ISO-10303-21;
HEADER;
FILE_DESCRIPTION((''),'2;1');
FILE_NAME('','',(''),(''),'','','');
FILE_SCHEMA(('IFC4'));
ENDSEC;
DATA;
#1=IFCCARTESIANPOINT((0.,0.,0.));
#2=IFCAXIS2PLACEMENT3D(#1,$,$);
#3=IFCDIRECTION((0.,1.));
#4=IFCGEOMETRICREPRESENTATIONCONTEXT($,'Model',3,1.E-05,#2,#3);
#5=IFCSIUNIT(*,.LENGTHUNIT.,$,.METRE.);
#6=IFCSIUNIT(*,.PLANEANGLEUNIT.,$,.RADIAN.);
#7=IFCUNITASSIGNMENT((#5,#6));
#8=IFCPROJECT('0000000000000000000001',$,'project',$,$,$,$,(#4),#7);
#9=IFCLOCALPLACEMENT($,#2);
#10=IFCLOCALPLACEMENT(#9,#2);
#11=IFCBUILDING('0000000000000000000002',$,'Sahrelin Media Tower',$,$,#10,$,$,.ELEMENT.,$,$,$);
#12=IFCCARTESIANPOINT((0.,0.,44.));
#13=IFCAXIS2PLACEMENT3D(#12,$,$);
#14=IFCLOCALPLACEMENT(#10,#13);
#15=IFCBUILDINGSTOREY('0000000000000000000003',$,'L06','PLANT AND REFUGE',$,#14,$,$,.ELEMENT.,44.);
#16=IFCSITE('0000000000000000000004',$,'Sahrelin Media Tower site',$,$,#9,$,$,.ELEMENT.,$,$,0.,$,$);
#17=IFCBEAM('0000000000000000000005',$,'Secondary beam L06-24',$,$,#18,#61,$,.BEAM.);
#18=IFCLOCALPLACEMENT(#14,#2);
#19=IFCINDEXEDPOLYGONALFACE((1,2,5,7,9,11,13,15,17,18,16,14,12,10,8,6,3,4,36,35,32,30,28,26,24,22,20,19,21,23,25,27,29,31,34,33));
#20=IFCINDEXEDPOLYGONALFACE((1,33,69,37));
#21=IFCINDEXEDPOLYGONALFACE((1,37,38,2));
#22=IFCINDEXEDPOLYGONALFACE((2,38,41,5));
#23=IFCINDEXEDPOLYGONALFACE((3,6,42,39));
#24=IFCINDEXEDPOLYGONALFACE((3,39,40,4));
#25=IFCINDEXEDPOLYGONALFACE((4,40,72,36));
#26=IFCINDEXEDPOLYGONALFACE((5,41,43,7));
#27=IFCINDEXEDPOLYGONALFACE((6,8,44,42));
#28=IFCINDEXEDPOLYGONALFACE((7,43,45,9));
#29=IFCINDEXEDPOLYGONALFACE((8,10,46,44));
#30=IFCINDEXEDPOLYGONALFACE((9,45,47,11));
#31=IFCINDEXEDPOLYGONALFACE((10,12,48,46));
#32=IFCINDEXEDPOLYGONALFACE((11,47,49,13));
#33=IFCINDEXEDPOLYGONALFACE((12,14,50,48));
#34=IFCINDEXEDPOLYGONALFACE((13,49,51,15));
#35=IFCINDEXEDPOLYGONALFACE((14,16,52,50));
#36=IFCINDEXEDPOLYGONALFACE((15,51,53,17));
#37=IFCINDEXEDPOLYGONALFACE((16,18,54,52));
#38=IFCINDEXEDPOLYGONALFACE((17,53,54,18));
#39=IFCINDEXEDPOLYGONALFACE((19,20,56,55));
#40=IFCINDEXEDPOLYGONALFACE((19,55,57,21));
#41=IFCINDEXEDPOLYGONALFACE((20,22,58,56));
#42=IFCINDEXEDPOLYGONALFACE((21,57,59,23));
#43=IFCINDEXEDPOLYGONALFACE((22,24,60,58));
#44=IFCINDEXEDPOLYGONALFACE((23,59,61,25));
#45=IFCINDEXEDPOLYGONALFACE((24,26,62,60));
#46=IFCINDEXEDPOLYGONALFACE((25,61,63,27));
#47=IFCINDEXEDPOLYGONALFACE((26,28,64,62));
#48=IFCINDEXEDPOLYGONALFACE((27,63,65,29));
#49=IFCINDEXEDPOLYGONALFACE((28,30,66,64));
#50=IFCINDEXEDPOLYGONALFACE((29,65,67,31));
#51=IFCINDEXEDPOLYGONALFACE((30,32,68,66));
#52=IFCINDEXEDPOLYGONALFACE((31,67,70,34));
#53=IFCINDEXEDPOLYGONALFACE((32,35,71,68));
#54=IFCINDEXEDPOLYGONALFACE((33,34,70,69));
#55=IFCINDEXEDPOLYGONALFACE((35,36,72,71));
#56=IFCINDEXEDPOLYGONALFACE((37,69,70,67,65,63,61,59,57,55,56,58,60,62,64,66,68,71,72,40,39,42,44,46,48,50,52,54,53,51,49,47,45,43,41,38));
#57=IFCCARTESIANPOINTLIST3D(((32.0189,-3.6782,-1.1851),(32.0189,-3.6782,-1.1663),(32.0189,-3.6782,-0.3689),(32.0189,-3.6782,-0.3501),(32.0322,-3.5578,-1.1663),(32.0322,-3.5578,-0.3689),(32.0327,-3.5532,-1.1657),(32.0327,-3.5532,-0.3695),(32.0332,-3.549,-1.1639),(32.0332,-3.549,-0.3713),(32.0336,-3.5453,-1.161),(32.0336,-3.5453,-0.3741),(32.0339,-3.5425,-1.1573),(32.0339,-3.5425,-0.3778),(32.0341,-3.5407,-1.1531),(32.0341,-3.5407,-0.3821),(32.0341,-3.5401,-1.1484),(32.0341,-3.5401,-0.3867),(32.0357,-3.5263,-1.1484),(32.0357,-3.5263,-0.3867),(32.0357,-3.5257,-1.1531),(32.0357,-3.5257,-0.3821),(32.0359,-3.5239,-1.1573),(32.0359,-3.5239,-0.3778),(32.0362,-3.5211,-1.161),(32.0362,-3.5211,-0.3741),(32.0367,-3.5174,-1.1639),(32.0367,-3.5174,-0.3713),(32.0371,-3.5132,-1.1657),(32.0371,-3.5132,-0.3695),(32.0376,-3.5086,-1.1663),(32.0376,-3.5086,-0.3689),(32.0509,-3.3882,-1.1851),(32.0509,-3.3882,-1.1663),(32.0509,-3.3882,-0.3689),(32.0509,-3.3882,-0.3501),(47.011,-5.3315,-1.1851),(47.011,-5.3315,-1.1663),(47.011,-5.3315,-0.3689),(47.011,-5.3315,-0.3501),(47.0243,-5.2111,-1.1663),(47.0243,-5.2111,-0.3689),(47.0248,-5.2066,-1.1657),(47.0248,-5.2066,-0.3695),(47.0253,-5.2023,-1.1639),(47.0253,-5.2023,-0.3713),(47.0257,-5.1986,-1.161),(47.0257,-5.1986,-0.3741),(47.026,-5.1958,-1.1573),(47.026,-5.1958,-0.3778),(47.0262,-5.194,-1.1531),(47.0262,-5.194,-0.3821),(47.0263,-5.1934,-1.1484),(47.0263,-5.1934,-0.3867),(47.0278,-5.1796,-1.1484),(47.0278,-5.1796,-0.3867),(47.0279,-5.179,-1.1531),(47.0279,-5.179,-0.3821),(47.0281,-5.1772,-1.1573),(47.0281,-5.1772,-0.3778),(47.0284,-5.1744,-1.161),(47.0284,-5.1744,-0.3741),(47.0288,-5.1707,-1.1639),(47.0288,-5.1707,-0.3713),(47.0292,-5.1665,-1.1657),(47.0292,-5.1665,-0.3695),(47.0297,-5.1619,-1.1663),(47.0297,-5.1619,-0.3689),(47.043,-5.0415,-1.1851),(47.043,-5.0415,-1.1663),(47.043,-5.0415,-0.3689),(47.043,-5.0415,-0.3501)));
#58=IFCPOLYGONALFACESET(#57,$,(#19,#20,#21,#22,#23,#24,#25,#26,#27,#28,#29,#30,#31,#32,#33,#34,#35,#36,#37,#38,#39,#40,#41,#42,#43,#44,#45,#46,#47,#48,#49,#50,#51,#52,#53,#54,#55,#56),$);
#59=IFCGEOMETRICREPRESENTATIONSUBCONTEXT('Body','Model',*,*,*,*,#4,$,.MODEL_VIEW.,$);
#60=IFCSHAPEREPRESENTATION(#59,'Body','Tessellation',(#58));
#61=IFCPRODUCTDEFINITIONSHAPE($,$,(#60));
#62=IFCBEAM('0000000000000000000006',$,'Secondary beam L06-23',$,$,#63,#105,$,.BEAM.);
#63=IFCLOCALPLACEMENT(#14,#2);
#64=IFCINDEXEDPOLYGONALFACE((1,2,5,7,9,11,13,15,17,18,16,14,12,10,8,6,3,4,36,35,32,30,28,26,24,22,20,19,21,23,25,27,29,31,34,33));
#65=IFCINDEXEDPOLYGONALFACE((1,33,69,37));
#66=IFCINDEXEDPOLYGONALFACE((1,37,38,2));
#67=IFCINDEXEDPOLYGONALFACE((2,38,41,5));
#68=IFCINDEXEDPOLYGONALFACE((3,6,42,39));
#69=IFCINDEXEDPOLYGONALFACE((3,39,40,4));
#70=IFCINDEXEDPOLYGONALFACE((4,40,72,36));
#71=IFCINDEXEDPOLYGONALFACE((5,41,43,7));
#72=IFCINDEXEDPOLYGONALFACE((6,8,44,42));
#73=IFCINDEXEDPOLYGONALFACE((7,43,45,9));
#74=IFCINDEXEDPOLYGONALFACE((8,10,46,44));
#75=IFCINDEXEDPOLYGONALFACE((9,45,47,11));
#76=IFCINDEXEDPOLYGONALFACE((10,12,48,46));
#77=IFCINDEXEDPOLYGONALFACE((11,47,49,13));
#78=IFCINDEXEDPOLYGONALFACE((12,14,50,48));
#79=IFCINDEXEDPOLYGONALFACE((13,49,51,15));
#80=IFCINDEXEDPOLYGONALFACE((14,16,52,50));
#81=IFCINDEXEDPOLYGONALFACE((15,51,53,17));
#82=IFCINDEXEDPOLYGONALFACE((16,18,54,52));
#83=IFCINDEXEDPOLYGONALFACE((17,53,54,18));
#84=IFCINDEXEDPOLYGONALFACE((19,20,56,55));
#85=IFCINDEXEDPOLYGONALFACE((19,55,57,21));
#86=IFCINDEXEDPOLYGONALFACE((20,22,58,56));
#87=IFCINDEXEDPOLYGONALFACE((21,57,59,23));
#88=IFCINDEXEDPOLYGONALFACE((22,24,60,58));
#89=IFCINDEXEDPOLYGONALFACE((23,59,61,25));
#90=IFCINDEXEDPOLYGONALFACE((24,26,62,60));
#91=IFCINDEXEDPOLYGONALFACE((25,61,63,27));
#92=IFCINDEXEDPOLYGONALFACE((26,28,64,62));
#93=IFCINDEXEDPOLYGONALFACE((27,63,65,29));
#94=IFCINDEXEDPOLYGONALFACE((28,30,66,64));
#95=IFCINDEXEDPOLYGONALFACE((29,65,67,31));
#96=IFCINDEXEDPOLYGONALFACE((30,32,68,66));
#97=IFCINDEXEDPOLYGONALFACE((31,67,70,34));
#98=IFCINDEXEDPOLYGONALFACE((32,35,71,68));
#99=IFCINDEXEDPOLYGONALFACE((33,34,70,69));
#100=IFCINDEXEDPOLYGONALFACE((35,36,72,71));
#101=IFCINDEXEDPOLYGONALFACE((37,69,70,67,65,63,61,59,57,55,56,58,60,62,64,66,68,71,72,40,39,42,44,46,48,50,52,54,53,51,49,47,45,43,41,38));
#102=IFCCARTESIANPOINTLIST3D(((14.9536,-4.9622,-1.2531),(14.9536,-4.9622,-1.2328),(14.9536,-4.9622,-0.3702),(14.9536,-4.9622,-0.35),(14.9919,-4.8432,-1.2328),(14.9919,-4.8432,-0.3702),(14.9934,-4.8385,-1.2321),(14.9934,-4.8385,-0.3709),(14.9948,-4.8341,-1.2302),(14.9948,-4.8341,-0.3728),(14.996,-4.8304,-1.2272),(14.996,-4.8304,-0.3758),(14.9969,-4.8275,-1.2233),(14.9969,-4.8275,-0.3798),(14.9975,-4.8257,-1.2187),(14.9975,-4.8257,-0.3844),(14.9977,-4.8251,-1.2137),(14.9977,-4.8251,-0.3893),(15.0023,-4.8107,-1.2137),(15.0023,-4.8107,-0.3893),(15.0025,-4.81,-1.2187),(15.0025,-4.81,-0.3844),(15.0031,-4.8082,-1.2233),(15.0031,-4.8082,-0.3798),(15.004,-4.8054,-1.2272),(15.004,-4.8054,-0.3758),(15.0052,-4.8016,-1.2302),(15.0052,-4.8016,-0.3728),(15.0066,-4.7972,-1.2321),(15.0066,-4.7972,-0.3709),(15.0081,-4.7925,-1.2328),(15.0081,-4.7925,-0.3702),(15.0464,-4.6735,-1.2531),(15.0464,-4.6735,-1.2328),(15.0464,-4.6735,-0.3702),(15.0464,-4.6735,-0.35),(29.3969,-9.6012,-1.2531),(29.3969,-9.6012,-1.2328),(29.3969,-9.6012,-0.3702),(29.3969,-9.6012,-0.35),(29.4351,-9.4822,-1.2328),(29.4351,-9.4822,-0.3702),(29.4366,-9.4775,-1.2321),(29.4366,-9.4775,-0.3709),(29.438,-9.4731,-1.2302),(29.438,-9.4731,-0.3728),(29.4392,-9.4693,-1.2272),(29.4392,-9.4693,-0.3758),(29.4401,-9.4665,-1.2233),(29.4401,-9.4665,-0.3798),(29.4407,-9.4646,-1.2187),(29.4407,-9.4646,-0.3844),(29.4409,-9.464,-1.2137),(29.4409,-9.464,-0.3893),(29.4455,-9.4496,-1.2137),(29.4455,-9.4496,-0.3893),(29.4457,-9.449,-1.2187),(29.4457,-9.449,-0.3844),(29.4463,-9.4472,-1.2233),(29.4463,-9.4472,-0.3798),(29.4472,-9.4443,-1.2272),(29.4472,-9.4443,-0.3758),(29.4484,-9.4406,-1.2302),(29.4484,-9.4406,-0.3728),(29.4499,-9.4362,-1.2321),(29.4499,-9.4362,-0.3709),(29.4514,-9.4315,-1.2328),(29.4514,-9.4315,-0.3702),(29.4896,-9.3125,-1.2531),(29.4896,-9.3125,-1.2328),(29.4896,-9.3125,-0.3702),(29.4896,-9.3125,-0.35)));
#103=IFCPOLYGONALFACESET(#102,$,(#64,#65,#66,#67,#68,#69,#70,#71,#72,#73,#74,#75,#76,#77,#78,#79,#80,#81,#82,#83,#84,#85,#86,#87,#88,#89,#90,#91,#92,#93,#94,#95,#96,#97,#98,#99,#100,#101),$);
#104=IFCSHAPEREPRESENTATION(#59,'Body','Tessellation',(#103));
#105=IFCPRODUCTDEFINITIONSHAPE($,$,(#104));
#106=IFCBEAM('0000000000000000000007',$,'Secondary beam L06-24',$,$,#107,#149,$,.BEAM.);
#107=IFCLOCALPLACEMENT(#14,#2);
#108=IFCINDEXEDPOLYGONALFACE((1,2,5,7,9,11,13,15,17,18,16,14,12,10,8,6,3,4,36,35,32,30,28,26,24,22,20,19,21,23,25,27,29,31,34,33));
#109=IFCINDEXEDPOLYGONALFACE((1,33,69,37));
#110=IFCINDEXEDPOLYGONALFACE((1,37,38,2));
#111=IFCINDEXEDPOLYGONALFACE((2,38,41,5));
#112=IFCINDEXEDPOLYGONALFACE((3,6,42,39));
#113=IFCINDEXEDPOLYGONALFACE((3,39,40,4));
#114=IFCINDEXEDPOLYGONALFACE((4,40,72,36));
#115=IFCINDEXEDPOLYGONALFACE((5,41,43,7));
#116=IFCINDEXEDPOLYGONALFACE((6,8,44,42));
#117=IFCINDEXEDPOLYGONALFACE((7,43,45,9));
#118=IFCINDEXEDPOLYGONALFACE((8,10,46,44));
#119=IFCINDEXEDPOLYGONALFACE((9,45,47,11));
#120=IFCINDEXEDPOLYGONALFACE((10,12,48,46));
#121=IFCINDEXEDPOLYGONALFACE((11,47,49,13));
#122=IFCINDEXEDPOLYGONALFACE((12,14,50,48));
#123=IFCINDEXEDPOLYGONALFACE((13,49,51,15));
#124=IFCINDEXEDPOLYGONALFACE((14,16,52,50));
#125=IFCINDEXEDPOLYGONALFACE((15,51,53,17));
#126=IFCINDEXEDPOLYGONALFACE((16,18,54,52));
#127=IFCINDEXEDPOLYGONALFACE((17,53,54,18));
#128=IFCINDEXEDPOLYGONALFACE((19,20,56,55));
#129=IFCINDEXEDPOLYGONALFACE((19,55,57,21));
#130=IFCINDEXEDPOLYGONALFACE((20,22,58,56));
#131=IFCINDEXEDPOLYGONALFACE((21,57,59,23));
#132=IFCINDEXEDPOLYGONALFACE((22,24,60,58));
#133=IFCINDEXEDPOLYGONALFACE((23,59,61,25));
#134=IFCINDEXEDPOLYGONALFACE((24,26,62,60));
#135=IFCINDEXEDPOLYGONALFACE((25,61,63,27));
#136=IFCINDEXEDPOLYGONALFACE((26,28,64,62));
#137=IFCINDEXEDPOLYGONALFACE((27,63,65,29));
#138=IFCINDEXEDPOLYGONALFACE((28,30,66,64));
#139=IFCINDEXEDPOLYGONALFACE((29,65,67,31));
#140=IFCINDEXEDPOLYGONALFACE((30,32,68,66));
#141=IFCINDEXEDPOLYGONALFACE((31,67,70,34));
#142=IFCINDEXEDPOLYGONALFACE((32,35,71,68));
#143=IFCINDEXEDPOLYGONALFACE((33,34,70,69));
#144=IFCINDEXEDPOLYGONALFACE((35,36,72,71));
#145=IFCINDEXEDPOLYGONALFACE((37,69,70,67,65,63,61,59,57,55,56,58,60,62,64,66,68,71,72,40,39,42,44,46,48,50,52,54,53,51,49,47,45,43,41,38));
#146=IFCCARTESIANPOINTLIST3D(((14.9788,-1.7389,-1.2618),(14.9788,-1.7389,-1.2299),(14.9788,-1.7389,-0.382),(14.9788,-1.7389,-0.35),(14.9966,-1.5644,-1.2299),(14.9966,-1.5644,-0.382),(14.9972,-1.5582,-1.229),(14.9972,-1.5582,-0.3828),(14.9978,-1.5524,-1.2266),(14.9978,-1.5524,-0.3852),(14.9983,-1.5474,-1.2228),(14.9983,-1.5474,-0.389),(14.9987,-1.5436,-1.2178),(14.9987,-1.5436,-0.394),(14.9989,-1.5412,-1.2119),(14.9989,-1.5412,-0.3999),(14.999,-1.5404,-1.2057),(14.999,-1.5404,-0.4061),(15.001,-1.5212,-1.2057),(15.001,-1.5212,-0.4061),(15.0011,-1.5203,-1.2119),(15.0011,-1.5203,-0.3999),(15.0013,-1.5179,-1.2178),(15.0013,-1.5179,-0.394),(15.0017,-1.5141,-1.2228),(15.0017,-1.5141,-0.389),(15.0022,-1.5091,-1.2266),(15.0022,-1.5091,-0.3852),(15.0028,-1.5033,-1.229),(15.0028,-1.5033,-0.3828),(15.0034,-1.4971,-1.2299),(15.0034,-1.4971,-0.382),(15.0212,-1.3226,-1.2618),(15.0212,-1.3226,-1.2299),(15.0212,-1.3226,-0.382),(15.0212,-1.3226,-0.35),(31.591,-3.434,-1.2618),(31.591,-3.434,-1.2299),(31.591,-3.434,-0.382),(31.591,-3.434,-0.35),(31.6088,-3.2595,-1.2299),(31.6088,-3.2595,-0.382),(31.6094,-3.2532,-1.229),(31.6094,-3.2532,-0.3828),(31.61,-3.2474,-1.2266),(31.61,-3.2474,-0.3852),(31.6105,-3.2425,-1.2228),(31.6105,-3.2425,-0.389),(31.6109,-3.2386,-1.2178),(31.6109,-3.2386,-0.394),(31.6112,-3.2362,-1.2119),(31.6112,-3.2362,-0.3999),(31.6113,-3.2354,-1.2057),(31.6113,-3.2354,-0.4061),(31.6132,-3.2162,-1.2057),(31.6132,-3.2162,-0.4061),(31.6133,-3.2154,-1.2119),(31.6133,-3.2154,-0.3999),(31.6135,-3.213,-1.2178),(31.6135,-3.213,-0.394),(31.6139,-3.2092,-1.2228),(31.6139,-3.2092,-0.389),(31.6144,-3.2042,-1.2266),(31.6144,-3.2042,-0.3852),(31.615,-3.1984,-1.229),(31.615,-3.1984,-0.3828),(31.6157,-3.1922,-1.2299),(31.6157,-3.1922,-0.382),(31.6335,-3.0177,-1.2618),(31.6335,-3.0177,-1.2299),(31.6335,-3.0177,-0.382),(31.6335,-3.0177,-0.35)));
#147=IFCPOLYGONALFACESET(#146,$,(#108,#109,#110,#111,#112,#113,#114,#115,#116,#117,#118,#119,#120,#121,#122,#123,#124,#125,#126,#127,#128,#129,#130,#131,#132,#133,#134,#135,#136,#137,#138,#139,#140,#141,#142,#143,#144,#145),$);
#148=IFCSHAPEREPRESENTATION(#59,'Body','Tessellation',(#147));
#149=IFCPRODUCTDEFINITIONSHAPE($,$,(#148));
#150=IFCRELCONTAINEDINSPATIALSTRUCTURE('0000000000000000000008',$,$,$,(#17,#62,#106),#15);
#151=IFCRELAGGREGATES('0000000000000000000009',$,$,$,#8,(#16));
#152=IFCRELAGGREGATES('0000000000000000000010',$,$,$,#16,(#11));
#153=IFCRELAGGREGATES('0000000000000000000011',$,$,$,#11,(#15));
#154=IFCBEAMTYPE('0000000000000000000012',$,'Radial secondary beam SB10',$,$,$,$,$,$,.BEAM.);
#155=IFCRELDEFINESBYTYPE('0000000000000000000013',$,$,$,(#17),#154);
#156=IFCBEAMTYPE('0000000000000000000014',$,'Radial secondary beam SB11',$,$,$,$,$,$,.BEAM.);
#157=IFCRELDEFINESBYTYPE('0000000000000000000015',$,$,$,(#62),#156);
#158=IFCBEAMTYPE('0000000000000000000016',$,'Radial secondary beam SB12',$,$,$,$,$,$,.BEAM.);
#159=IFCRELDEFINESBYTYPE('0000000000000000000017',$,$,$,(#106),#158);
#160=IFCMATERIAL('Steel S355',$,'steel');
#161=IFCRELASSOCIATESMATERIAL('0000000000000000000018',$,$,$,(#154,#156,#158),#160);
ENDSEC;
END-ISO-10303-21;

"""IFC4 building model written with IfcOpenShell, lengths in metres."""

from ifc_helpers import new_model, si_unit, direction, frame, origin, origin_2d, place, context, subcontext, project, spatial, i_section, extrude, material, material_profile, profile_set, type_object, element, save


model = new_model("IFC4")

# Units and contexts
model_context = context("Model", 3, precision=1e-05, world=origin(), true_north=direction((0.0, 1.0)))
body_context = subcontext(model_context, "Body", "Model", "MODEL_VIEW")
ifc_project = project(units=[si_unit("LENGTHUNIT", "METRE"), si_unit("PLANEANGLEUNIT", "RADIAN")], contexts=[model_context])

# Site, building, storey
site_placement = place(None, origin())
site = spatial("IfcSite", under=ifc_project, at=site_placement, Name="Sahrelin Media Tower site", CompositionType="ELEMENT", RefElevation=0.0)
building_placement = place(site_placement, origin())
building = spatial("IfcBuilding", under=site, at=building_placement, Name="Sahrelin Media Tower", CompositionType="ELEMENT")
storey_placement = place(building_placement, frame((0.0, 0.0, 44.0)))
storey = spatial("IfcBuildingStorey", under=building, at=storey_placement, Name="L06", Description="PLANT AND REFUGE", CompositionType="ELEMENT", Elevation=44.0)

# Beams
ifc_material_1 = material(Name="Steel S355", Category="steel")
ifc_material_profile_1 = material_profile(ifc_material_1, i_section(OverallWidth=0.2917, OverallDepth=0.835, WebThickness=0.0139, FlangeThickness=0.0188, FilletRadius=0.0178, at=origin_2d()), Name="UB 838x292x176")
ifc_profile_set_1 = profile_set([ifc_material_profile_1], Name="Steel S355")
beam_type_1 = type_object("IfcBeamType", Name="Radial secondary beam SB10", PredefinedType="BEAM", material=ifc_profile_set_1)
beam_1_placement = place(storey_placement, frame((32.0349, -3.5332, -0.7676), z_axis=(0.993974, -0.109614, 0.0), x_axis=(0.109614, 0.993974, 0.0)))
element("IfcBeam", 1, at=beam_1_placement, inside=storey, type_object=beam_type_1, Name="Secondary beam L06-24", PredefinedType="BEAM", context=body_context, shape_type="SweptSolid", body=[
    extrude(i_section(OverallWidth=0.2917, OverallDepth=0.835, WebThickness=0.0139, FlangeThickness=0.0188, FilletRadius=0.0178, at=origin_2d()), origin(), (0.0, 0.0, 1.0), 15.083),
])
ifc_material_profile_2 = material_profile(ifc_material_1, i_section(OverallWidth=0.3032, OverallDepth=0.9031, WebThickness=0.0151, FlangeThickness=0.0203, FilletRadius=0.019, at=origin_2d()), Name="UB 914x305x201")
ifc_profile_set_2 = profile_set([ifc_material_profile_2], Name="Steel S355")
beam_type_2 = type_object("IfcBeamType", Name="Radial secondary beam SB11", PredefinedType="BEAM", material=ifc_profile_set_2)
beam_2_placement = place(storey_placement, frame((15.0, -4.8179, -0.8015), z_axis=(0.952096, -0.305799, 0.0), x_axis=(0.305799, 0.952096, 0.0)))
element("IfcBeam", 2, at=beam_2_placement, inside=storey, type_object=beam_type_2, Name="Secondary beam L06-23", PredefinedType="BEAM", context=body_context, shape_type="SweptSolid", body=[
    extrude(i_section(OverallWidth=0.3032, OverallDepth=0.9031, WebThickness=0.0151, FlangeThickness=0.0203, FilletRadius=0.019, at=origin_2d()), origin(), (0.0, 0.0, 1.0), 15.1699),
])
ifc_material_profile_3 = material_profile(ifc_material_1, i_section(OverallWidth=0.4185, OverallDepth=0.9119, WebThickness=0.0193, FlangeThickness=0.032, FilletRadius=0.0242, at=origin_2d()), Name="UB 914x419x343")
ifc_profile_set_3 = profile_set([ifc_material_profile_3], Name="Steel S355")
beam_type_3 = type_object("IfcBeamType", Name="Radial secondary beam SB12", PredefinedType="BEAM", material=ifc_profile_set_3)
beam_3_placement = place(storey_placement, frame((15.0, -1.5308, -0.8059), z_axis=(0.994835, -0.10151, 0.0), x_axis=(0.10151, 0.994835, 0.0)))
element("IfcBeam", 3, at=beam_3_placement, inside=storey, type_object=beam_type_3, Name="Secondary beam L06-24", PredefinedType="BEAM", context=body_context, shape_type="SweptSolid", body=[
    extrude(i_section(OverallWidth=0.4185, OverallDepth=0.9119, WebThickness=0.0193, FlangeThickness=0.032, FilletRadius=0.0242, at=origin_2d()), origin(), (0.0, 0.0, 1.0), 16.6985),
])

save(model, "model.ifc")
